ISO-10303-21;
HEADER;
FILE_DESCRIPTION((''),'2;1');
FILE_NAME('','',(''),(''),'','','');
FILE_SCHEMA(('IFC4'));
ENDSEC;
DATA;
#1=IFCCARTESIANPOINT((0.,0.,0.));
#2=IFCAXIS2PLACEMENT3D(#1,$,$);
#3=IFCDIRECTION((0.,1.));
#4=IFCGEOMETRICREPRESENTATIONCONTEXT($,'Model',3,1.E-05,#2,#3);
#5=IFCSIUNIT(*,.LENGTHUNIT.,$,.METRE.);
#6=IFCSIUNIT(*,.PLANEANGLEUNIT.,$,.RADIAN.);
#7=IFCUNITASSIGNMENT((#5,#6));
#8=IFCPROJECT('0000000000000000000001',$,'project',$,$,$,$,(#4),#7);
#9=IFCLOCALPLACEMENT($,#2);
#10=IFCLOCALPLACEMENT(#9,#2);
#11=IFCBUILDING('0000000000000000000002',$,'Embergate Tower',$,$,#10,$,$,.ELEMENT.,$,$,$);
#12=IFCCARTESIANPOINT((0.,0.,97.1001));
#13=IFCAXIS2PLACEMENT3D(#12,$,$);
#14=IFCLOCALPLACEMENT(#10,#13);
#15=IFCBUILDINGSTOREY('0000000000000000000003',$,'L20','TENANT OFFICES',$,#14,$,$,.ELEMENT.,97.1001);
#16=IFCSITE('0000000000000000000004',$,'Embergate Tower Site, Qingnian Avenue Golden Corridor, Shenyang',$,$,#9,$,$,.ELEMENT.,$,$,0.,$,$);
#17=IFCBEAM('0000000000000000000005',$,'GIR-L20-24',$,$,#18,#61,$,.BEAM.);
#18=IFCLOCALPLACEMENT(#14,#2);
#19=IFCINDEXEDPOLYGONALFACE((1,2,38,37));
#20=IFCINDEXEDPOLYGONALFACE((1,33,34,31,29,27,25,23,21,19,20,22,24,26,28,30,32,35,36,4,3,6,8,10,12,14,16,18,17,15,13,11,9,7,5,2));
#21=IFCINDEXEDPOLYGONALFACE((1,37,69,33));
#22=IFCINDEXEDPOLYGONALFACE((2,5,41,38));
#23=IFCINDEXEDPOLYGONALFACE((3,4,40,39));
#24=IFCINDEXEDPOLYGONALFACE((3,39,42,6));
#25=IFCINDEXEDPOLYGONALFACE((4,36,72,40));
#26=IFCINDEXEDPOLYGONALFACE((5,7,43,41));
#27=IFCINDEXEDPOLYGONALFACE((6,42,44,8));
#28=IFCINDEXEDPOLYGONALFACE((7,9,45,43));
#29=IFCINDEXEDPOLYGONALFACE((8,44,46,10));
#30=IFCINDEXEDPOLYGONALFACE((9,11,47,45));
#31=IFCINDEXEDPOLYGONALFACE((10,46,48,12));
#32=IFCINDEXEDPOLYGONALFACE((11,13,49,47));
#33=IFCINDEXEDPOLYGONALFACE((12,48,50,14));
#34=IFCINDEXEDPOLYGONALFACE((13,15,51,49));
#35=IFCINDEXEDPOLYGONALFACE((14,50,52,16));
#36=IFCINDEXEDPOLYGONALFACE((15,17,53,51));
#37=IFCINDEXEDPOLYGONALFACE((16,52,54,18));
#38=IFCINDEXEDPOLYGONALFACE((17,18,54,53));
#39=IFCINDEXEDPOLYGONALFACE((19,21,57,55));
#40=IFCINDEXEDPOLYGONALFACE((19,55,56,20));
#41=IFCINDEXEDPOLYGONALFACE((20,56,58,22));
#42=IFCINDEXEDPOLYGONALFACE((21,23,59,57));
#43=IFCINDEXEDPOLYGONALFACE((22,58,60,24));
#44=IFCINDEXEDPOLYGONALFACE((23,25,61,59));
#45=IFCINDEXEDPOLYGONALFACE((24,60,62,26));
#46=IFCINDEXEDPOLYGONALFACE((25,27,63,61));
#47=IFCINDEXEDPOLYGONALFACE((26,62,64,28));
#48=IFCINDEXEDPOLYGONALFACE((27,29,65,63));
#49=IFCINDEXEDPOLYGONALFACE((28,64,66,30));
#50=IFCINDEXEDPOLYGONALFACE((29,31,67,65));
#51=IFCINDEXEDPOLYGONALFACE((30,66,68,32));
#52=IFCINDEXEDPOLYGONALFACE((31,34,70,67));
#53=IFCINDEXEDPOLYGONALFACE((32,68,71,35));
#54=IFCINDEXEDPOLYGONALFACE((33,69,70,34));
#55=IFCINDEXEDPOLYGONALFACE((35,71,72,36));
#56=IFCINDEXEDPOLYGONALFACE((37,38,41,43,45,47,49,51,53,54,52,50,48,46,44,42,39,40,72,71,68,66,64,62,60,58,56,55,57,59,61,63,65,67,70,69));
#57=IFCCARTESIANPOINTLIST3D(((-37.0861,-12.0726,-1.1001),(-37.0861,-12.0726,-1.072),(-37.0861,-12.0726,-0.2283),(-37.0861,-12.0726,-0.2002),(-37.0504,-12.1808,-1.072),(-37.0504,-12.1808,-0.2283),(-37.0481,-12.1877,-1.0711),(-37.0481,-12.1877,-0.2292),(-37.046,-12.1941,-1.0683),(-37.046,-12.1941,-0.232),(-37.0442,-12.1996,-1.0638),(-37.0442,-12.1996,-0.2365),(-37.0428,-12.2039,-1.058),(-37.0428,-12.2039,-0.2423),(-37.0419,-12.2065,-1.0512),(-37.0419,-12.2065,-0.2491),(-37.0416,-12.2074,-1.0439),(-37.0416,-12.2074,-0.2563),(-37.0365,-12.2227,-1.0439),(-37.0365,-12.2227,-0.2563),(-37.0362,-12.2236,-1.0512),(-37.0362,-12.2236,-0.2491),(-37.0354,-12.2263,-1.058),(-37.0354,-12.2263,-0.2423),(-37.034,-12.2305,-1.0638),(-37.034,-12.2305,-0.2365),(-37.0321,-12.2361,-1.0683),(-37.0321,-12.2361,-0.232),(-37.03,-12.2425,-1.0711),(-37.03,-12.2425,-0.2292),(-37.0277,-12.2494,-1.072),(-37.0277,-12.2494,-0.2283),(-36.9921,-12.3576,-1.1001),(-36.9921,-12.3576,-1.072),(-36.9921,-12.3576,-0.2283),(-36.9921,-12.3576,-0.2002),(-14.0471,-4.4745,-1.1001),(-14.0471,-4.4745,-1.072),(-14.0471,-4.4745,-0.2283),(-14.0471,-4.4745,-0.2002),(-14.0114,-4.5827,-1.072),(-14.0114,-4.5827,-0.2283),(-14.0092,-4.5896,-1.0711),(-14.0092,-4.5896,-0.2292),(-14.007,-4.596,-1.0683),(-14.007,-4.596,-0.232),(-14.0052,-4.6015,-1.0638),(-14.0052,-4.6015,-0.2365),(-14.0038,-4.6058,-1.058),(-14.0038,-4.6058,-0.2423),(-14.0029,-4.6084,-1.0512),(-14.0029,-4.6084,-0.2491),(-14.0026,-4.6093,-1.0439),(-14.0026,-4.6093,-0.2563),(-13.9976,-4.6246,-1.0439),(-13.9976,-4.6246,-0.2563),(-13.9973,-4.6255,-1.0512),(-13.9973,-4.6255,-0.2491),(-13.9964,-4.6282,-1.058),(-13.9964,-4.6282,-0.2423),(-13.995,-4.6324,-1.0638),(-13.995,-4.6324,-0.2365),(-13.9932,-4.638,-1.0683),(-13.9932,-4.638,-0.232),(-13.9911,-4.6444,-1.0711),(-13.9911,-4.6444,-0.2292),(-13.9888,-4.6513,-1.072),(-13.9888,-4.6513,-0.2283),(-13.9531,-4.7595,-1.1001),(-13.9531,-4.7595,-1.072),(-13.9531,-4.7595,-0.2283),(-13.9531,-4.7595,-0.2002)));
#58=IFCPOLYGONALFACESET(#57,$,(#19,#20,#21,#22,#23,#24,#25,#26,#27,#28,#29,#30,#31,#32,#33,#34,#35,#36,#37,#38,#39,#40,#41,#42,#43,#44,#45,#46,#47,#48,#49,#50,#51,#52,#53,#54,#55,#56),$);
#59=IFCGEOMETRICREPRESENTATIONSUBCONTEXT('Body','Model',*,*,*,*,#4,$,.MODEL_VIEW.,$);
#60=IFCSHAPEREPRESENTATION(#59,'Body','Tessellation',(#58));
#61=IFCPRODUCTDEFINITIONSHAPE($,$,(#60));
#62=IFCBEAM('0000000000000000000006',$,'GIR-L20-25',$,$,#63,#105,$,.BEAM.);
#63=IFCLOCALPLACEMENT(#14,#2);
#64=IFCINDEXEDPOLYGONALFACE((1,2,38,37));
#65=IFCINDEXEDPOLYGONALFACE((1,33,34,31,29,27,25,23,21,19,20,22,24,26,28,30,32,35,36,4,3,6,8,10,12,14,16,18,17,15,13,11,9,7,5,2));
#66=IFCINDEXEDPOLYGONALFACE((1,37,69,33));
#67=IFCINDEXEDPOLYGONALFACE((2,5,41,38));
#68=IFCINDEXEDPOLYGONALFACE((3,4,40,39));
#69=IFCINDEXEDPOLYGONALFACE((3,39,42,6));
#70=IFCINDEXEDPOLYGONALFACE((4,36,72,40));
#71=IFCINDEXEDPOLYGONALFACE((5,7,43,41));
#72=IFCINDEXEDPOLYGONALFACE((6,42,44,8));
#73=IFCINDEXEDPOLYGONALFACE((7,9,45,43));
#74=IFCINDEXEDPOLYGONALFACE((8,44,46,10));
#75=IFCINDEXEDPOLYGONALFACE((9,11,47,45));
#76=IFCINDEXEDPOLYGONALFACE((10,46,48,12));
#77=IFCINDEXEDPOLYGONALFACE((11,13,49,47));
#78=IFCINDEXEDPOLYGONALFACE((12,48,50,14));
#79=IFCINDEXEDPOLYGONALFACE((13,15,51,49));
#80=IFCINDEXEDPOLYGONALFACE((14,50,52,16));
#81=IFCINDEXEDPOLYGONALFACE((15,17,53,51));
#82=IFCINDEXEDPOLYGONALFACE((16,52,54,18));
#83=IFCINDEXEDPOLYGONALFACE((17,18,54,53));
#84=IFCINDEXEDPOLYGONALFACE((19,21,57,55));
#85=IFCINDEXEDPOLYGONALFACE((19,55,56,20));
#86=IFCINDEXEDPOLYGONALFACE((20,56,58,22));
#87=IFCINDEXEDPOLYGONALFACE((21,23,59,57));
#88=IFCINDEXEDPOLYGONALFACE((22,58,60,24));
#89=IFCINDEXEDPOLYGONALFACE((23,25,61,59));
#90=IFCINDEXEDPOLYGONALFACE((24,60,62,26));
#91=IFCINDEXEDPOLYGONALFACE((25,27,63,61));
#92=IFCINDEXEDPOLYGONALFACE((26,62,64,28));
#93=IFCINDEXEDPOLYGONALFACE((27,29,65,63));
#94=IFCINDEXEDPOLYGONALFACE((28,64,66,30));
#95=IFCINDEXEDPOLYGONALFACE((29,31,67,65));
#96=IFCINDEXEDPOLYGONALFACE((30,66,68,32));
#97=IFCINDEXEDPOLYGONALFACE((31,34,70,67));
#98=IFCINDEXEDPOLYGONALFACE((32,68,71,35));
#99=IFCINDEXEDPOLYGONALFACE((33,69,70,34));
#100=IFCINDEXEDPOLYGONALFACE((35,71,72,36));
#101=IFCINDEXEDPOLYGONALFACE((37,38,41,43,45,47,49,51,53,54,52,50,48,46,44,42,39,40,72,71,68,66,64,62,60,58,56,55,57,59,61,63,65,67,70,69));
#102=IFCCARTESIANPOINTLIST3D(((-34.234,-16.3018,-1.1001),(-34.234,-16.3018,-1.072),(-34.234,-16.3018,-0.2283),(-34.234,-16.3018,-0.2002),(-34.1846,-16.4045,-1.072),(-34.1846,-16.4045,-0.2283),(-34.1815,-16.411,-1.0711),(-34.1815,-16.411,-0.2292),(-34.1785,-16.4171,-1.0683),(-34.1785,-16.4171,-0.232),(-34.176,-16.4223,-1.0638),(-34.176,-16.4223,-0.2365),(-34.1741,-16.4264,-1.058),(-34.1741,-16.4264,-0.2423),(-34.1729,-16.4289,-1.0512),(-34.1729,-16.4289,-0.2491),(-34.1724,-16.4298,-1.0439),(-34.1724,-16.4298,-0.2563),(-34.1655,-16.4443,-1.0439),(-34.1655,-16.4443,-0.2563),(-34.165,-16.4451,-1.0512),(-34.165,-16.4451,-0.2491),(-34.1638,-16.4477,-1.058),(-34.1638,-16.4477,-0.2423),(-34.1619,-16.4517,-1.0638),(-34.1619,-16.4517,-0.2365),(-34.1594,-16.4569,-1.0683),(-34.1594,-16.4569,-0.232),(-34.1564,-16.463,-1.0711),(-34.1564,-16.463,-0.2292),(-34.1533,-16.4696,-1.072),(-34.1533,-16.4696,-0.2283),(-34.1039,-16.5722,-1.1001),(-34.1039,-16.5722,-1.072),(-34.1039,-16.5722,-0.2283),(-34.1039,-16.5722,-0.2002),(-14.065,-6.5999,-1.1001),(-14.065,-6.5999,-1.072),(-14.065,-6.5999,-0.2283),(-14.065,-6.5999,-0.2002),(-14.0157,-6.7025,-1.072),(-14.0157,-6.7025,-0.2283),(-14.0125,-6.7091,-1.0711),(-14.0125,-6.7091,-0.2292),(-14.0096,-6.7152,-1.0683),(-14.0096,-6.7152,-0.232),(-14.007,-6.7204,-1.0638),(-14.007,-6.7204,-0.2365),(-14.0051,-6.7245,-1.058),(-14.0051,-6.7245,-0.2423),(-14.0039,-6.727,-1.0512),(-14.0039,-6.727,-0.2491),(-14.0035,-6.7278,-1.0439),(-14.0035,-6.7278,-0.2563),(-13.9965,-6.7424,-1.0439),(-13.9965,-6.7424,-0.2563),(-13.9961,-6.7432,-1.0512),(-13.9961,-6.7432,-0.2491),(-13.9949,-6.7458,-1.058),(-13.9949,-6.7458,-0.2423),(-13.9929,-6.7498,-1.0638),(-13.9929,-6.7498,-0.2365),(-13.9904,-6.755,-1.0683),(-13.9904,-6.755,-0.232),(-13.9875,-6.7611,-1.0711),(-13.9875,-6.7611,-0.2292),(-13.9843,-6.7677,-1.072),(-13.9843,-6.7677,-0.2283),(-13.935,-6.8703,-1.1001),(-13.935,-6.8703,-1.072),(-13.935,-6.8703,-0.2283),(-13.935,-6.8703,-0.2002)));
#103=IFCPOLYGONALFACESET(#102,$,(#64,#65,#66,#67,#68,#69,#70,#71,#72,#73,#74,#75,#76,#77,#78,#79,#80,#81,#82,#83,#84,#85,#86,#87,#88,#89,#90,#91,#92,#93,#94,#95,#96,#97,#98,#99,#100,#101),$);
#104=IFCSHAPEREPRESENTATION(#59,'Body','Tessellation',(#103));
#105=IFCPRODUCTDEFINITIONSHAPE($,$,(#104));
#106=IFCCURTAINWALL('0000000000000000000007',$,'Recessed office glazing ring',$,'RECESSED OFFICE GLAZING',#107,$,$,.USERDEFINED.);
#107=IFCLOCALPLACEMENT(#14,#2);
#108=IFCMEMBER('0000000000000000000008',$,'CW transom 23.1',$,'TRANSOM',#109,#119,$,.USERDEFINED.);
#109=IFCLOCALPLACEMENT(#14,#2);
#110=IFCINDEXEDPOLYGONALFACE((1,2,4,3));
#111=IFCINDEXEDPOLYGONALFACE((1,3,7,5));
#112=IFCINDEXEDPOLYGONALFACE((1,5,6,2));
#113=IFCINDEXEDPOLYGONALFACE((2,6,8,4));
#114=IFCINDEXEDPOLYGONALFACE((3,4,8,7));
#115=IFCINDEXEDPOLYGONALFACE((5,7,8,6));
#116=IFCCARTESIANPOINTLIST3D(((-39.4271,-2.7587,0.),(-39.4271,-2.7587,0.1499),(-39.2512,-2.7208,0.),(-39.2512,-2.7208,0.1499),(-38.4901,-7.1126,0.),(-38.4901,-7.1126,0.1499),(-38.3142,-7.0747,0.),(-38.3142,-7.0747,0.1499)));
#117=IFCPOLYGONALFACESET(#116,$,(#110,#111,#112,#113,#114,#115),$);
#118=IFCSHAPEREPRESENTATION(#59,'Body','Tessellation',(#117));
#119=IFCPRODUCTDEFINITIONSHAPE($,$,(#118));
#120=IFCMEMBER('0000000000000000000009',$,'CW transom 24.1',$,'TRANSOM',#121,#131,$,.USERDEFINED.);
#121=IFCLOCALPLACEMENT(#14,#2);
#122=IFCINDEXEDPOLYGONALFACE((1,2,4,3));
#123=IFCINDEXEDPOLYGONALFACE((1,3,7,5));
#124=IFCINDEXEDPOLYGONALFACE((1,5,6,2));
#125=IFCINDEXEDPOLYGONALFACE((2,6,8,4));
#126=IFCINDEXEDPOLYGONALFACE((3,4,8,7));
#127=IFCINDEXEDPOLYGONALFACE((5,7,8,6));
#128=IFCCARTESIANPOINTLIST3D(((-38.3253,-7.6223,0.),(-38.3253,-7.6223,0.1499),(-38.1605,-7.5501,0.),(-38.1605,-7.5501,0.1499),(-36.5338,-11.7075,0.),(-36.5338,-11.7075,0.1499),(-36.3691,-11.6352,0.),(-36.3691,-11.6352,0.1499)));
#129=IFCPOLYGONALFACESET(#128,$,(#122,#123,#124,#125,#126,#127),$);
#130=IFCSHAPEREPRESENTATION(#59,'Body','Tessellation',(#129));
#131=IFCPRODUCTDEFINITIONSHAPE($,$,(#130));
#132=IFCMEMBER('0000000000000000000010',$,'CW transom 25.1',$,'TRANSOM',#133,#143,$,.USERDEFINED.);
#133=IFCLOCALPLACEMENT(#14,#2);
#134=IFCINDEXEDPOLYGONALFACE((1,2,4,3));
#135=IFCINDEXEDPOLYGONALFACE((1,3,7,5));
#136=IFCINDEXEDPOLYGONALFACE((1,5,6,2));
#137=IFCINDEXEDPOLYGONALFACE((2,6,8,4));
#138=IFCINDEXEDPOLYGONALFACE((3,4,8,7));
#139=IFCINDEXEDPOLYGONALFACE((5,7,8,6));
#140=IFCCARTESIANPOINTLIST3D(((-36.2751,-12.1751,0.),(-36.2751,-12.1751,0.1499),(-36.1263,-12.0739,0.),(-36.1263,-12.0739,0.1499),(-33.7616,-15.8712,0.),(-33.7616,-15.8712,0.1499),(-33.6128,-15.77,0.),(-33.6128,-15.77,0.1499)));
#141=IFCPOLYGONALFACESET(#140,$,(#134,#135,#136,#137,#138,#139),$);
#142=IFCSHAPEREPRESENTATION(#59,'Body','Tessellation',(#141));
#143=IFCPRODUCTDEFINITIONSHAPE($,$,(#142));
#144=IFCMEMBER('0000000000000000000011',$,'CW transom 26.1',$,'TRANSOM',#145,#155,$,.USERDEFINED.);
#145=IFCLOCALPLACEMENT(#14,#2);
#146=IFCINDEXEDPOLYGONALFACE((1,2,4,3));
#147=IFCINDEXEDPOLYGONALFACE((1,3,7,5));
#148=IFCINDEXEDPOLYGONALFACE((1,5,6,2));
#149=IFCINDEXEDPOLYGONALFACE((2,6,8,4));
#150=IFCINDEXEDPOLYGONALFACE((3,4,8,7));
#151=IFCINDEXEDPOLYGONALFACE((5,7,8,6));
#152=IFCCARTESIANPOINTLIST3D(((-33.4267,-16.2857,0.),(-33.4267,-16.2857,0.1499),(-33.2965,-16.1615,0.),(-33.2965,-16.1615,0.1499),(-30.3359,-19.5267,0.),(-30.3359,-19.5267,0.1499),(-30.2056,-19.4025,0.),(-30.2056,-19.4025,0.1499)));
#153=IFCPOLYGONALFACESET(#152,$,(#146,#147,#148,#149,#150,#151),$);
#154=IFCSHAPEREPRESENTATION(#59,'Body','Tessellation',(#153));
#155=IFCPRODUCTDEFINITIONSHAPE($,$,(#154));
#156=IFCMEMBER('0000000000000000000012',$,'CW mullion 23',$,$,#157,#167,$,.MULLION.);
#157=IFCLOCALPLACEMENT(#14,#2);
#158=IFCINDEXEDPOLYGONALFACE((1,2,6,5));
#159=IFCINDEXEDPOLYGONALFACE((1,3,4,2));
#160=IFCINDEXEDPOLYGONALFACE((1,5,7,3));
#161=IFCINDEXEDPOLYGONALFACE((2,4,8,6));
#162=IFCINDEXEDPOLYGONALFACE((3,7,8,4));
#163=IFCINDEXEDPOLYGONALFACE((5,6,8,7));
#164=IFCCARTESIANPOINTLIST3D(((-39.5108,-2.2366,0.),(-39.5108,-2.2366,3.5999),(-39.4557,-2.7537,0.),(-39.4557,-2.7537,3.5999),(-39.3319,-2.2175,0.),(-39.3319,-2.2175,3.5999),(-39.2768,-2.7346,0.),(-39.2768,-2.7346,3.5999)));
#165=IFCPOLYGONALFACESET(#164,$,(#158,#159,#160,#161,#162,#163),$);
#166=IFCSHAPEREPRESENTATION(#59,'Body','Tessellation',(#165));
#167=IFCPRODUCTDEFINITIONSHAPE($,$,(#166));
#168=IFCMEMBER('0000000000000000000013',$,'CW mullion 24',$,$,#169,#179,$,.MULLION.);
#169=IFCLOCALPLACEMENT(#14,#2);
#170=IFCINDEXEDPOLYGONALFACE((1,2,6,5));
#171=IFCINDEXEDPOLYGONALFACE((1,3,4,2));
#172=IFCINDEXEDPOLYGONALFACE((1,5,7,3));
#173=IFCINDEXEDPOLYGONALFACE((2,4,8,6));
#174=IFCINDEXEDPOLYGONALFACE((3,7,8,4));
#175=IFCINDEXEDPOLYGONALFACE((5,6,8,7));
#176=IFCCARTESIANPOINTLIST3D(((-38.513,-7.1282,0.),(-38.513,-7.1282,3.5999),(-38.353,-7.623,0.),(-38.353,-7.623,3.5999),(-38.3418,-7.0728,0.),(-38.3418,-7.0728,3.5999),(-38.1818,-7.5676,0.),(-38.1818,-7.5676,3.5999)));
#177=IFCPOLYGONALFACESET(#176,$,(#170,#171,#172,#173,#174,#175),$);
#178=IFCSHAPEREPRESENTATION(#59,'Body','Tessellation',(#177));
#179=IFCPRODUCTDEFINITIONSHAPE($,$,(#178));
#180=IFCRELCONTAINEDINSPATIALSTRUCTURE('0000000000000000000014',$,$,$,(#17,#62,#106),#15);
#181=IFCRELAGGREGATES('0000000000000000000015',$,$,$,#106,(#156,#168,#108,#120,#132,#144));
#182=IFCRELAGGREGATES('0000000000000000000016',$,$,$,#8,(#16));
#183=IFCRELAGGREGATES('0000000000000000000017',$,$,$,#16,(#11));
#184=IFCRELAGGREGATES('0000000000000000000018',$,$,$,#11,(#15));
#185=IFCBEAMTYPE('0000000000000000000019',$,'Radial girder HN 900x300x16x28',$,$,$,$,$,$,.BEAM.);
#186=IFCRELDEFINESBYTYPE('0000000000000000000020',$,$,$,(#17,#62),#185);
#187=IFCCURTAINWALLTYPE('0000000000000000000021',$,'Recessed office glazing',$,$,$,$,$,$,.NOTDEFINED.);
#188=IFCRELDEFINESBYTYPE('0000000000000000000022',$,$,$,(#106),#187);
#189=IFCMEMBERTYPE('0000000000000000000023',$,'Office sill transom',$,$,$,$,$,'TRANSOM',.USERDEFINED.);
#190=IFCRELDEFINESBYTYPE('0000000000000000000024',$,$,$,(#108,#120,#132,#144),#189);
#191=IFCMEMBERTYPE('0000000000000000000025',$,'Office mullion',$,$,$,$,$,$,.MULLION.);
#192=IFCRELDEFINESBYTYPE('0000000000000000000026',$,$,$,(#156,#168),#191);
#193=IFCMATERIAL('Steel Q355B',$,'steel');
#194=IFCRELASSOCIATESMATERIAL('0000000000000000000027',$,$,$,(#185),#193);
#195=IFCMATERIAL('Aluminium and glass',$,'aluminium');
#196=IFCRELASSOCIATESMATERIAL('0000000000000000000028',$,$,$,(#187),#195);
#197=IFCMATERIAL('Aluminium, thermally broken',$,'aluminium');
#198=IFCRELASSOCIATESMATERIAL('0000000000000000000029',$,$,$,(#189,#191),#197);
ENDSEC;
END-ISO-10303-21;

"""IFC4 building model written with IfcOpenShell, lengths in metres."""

from ifc_helpers import new_model, si_unit, direction, frame, origin, origin_2d, place, context, subcontext, project, spatial, rectangle, i_section, extrude, source, transform, mapped, material, material_profile, profile_set, type_object, element, aggregate, save


model = new_model("IFC4")

# Units and contexts
model_context = context("Model", 3, precision=1e-05, world=origin(), true_north=direction((0.0, 1.0)))
body_context = subcontext(model_context, "Body", "Model", "MODEL_VIEW")
ifc_project = project(units=[si_unit("LENGTHUNIT", "METRE"), si_unit("PLANEANGLEUNIT", "RADIAN")], contexts=[model_context])

# Site, building, storey
site_placement = place(None, origin())
site = spatial("IfcSite", under=ifc_project, at=site_placement, Name="Embergate Tower Site, Qingnian Avenue Golden Corridor, Shenyang", CompositionType="ELEMENT", RefElevation=0.0)
building_placement = place(site_placement, origin())
building = spatial("IfcBuilding", under=site, at=building_placement, Name="Embergate Tower", CompositionType="ELEMENT")
storey_placement = place(building_placement, frame((0.0, 0.0, 97.1001)))
storey = spatial("IfcBuildingStorey", under=building, at=storey_placement, Name="L20", Description="TENANT OFFICES", CompositionType="ELEMENT", Elevation=97.1001)

# Beams
ifc_material_1 = material(Name="Steel Q355B", Category="steel")
ifc_material_profile_1 = material_profile(ifc_material_1, i_section(OverallWidth=0.3, OverallDepth=0.8999, WebThickness=0.0161, FlangeThickness=0.0281, FilletRadius=0.0281, at=origin_2d()), Name="HN 900x300x16x28")
ifc_profile_set_1 = profile_set([ifc_material_profile_1], Name="Steel Q355 grade B")
beam_type_1 = type_object("IfcBeamType", Name="Radial girder HN 900x300x16x28", PredefinedType="BEAM", material=ifc_profile_set_1)
shared_shape_1 = source(origin(), body_context, "Body", "SweptSolid", [
    extrude(i_section(OverallWidth=0.3, OverallDepth=0.8999, WebThickness=0.0161, FlangeThickness=0.0281, FilletRadius=0.0281, at=origin_2d()), origin(), (0.0, 0.0, 1.0), 24.2595),
])
beam_1_placement = place(storey_placement, frame((-37.0391, -12.2151, -0.6501), z_axis=(0.949687, 0.313201, 0.0), x_axis=(-0.313201, 0.949687, 0.0)))
element("IfcBeam", 1, at=beam_1_placement, inside=storey, type_object=beam_type_1, Name="GIR-L20-24", PredefinedType="BEAM", context=body_context, shape_type="MappedRepresentation", body=[
    mapped(shared_shape_1, transform((0.0, 0.0, 0.0))),
])
shared_shape_2 = source(origin(), body_context, "Body", "SweptSolid", [
    extrude(i_section(OverallWidth=0.3, OverallDepth=0.8999, WebThickness=0.0161, FlangeThickness=0.0281, FilletRadius=0.0281, at=origin_2d()), origin(), (0.0, 0.0, 1.0), 22.3811),
])
beam_2_placement = place(storey_placement, frame((-34.1689, -16.437, -0.6501), z_axis=(0.90116, 0.433487, 0.0), x_axis=(-0.433487, 0.90116, 0.0)))
element("IfcBeam", 2, at=beam_2_placement, inside=storey, type_object=beam_type_1, Name="GIR-L20-25", PredefinedType="BEAM", context=body_context, shape_type="MappedRepresentation", body=[
    mapped(shared_shape_2, transform((0.0, 0.0, 0.0))),
])

# Curtain wall, members
ifc_material_2 = material(Name="Aluminium and glass", Category="aluminium")
curtain_wall_type = type_object("IfcCurtainWallType", Name="Recessed office glazing", PredefinedType="NOTDEFINED", material=ifc_material_2)
curtain_wall_placement = place(storey_placement, origin())
curtain_wall = element("IfcCurtainWall", 3, at=curtain_wall_placement, inside=storey, type_object=curtain_wall_type, Name="Recessed office glazing ring", ObjectType="RECESSED OFFICE GLAZING", PredefinedType="USERDEFINED")
ifc_material_3 = material(Name="Aluminium, thermally broken", Category="aluminium")
ifc_material_profile_2 = material_profile(ifc_material_3, rectangle(XDim=0.1799, YDim=0.1499, at=origin_2d()), Name="AL 150x180")
ifc_profile_set_2 = profile_set([ifc_material_profile_2], Name="Aluminium, thermally broken")
member_type_1 = type_object("IfcMemberType", Name="Office sill transom", ElementType="TRANSOM", PredefinedType="USERDEFINED", material=ifc_profile_set_2)
shared_shape_3 = source(origin(), body_context, "Body", "SweptSolid", [
    extrude(rectangle(XDim=0.1799, YDim=0.1499, at=origin_2d()), origin(), (0.0, 0.0, 1.0), 4.4536),
])
member_1_placement = place(storey_placement, frame((-39.3391, -2.7397, 0.075), z_axis=(0.21039, -0.977618, 0.0), x_axis=(0.977618, 0.21039, 0.0)))
member_1 = element("IfcMember", 4, at=member_1_placement, type_object=member_type_1, Name="CW transom 23.1", ObjectType="TRANSOM", PredefinedType="USERDEFINED", context=body_context, shape_type="MappedRepresentation", body=[
    mapped(shared_shape_3, transform((0.0, 0.0, 0.0))),
])
shared_shape_4 = source(origin(), body_context, "Body", "SweptSolid", [
    extrude(rectangle(XDim=0.1799, YDim=0.1499, at=origin_2d()), origin(), (0.0, 0.0, 1.0), 4.4607),
])
member_2_placement = place(storey_placement, frame((-38.2429, -7.5862, 0.075), z_axis=(0.401614, -0.915809, 0.0), x_axis=(0.915809, 0.401614, 0.0)))
member_2 = element("IfcMember", 5, at=member_2_placement, type_object=member_type_1, Name="CW transom 24.1", ObjectType="TRANSOM", PredefinedType="USERDEFINED", context=body_context, shape_type="MappedRepresentation", body=[
    mapped(shared_shape_4, transform((0.0, 0.0, 0.0))),
])
shared_shape_5 = source(origin(), body_context, "Body", "SweptSolid", [
    extrude(rectangle(XDim=0.1799, YDim=0.1499, at=origin_2d()), origin(), (0.0, 0.0, 1.0), 4.4697),
])
member_3_placement = place(storey_placement, frame((-36.2007, -12.1245, 0.075), z_axis=(0.562328, -0.826914, 0.0), x_axis=(0.826914, 0.562328, 0.0)))
member_3 = element("IfcMember", 6, at=member_3_placement, type_object=member_type_1, Name="CW transom 25.1", ObjectType="TRANSOM", PredefinedType="USERDEFINED", context=body_context, shape_type="MappedRepresentation", body=[
    mapped(shared_shape_5, transform((0.0, 0.0, 0.0))),
])
shared_shape_6 = source(origin(), body_context, "Body", "SweptSolid", [
    extrude(rectangle(XDim=0.1799, YDim=0.1499, at=origin_2d()), origin(), (0.0, 0.0, 1.0), 4.4785),
])
member_4_placement = place(storey_placement, frame((-33.3616, -16.2236, 0.075), z_axis=(0.690145, -0.723671, 0.0), x_axis=(0.723671, 0.690145, 0.0)))
member_4 = element("IfcMember", 7, at=member_4_placement, type_object=member_type_1, Name="CW transom 26.1", ObjectType="TRANSOM", PredefinedType="USERDEFINED", context=body_context, shape_type="MappedRepresentation", body=[
    mapped(shared_shape_6, transform((0.0, 0.0, 0.0))),
])
ifc_material_profile_3 = material_profile(ifc_material_3, rectangle(XDim=0.1799, YDim=0.52, at=origin_2d()), Name="AL 520x180")
ifc_profile_set_3 = profile_set([ifc_material_profile_3], Name="Aluminium, thermally broken")
member_type_2 = type_object("IfcMemberType", Name="Office mullion", PredefinedType="MULLION", material=ifc_profile_set_3)
shared_shape_7 = source(origin(), body_context, "Body", "SweptSolid", [
    extrude(rectangle(XDim=0.1799, YDim=0.52, at=origin_2d()), origin(), (0.0, 0.0, 1.0), 3.5999),
])
member_5_placement = place(storey_placement, frame((-39.3938, -2.4856, 0.0), z_axis=(0.0, 0.0, 1.0), x_axis=(0.994386, 0.105818, 0.0)))
member_5 = element("IfcMember", 8, at=member_5_placement, type_object=member_type_2, Name="CW mullion 23", PredefinedType="MULLION", context=body_context, shape_type="MappedRepresentation", body=[
    mapped(shared_shape_7, transform((0.0, 0.0, 0.0))),
])
member_6_placement = place(storey_placement, frame((-38.3474, -7.3479, 0.0), z_axis=(0.0, 0.0, 1.0), x_axis=(0.951502, 0.307642, 0.0)))
member_6 = element("IfcMember", 9, at=member_6_placement, type_object=member_type_2, Name="CW mullion 24", PredefinedType="MULLION", context=body_context, shape_type="MappedRepresentation", body=[
    mapped(shared_shape_7, transform((0.0, 0.0, 0.0))),
])
aggregate(curtain_wall, [member_5, member_6, member_1, member_2, member_3, member_4])

save(model, "model.ifc")
